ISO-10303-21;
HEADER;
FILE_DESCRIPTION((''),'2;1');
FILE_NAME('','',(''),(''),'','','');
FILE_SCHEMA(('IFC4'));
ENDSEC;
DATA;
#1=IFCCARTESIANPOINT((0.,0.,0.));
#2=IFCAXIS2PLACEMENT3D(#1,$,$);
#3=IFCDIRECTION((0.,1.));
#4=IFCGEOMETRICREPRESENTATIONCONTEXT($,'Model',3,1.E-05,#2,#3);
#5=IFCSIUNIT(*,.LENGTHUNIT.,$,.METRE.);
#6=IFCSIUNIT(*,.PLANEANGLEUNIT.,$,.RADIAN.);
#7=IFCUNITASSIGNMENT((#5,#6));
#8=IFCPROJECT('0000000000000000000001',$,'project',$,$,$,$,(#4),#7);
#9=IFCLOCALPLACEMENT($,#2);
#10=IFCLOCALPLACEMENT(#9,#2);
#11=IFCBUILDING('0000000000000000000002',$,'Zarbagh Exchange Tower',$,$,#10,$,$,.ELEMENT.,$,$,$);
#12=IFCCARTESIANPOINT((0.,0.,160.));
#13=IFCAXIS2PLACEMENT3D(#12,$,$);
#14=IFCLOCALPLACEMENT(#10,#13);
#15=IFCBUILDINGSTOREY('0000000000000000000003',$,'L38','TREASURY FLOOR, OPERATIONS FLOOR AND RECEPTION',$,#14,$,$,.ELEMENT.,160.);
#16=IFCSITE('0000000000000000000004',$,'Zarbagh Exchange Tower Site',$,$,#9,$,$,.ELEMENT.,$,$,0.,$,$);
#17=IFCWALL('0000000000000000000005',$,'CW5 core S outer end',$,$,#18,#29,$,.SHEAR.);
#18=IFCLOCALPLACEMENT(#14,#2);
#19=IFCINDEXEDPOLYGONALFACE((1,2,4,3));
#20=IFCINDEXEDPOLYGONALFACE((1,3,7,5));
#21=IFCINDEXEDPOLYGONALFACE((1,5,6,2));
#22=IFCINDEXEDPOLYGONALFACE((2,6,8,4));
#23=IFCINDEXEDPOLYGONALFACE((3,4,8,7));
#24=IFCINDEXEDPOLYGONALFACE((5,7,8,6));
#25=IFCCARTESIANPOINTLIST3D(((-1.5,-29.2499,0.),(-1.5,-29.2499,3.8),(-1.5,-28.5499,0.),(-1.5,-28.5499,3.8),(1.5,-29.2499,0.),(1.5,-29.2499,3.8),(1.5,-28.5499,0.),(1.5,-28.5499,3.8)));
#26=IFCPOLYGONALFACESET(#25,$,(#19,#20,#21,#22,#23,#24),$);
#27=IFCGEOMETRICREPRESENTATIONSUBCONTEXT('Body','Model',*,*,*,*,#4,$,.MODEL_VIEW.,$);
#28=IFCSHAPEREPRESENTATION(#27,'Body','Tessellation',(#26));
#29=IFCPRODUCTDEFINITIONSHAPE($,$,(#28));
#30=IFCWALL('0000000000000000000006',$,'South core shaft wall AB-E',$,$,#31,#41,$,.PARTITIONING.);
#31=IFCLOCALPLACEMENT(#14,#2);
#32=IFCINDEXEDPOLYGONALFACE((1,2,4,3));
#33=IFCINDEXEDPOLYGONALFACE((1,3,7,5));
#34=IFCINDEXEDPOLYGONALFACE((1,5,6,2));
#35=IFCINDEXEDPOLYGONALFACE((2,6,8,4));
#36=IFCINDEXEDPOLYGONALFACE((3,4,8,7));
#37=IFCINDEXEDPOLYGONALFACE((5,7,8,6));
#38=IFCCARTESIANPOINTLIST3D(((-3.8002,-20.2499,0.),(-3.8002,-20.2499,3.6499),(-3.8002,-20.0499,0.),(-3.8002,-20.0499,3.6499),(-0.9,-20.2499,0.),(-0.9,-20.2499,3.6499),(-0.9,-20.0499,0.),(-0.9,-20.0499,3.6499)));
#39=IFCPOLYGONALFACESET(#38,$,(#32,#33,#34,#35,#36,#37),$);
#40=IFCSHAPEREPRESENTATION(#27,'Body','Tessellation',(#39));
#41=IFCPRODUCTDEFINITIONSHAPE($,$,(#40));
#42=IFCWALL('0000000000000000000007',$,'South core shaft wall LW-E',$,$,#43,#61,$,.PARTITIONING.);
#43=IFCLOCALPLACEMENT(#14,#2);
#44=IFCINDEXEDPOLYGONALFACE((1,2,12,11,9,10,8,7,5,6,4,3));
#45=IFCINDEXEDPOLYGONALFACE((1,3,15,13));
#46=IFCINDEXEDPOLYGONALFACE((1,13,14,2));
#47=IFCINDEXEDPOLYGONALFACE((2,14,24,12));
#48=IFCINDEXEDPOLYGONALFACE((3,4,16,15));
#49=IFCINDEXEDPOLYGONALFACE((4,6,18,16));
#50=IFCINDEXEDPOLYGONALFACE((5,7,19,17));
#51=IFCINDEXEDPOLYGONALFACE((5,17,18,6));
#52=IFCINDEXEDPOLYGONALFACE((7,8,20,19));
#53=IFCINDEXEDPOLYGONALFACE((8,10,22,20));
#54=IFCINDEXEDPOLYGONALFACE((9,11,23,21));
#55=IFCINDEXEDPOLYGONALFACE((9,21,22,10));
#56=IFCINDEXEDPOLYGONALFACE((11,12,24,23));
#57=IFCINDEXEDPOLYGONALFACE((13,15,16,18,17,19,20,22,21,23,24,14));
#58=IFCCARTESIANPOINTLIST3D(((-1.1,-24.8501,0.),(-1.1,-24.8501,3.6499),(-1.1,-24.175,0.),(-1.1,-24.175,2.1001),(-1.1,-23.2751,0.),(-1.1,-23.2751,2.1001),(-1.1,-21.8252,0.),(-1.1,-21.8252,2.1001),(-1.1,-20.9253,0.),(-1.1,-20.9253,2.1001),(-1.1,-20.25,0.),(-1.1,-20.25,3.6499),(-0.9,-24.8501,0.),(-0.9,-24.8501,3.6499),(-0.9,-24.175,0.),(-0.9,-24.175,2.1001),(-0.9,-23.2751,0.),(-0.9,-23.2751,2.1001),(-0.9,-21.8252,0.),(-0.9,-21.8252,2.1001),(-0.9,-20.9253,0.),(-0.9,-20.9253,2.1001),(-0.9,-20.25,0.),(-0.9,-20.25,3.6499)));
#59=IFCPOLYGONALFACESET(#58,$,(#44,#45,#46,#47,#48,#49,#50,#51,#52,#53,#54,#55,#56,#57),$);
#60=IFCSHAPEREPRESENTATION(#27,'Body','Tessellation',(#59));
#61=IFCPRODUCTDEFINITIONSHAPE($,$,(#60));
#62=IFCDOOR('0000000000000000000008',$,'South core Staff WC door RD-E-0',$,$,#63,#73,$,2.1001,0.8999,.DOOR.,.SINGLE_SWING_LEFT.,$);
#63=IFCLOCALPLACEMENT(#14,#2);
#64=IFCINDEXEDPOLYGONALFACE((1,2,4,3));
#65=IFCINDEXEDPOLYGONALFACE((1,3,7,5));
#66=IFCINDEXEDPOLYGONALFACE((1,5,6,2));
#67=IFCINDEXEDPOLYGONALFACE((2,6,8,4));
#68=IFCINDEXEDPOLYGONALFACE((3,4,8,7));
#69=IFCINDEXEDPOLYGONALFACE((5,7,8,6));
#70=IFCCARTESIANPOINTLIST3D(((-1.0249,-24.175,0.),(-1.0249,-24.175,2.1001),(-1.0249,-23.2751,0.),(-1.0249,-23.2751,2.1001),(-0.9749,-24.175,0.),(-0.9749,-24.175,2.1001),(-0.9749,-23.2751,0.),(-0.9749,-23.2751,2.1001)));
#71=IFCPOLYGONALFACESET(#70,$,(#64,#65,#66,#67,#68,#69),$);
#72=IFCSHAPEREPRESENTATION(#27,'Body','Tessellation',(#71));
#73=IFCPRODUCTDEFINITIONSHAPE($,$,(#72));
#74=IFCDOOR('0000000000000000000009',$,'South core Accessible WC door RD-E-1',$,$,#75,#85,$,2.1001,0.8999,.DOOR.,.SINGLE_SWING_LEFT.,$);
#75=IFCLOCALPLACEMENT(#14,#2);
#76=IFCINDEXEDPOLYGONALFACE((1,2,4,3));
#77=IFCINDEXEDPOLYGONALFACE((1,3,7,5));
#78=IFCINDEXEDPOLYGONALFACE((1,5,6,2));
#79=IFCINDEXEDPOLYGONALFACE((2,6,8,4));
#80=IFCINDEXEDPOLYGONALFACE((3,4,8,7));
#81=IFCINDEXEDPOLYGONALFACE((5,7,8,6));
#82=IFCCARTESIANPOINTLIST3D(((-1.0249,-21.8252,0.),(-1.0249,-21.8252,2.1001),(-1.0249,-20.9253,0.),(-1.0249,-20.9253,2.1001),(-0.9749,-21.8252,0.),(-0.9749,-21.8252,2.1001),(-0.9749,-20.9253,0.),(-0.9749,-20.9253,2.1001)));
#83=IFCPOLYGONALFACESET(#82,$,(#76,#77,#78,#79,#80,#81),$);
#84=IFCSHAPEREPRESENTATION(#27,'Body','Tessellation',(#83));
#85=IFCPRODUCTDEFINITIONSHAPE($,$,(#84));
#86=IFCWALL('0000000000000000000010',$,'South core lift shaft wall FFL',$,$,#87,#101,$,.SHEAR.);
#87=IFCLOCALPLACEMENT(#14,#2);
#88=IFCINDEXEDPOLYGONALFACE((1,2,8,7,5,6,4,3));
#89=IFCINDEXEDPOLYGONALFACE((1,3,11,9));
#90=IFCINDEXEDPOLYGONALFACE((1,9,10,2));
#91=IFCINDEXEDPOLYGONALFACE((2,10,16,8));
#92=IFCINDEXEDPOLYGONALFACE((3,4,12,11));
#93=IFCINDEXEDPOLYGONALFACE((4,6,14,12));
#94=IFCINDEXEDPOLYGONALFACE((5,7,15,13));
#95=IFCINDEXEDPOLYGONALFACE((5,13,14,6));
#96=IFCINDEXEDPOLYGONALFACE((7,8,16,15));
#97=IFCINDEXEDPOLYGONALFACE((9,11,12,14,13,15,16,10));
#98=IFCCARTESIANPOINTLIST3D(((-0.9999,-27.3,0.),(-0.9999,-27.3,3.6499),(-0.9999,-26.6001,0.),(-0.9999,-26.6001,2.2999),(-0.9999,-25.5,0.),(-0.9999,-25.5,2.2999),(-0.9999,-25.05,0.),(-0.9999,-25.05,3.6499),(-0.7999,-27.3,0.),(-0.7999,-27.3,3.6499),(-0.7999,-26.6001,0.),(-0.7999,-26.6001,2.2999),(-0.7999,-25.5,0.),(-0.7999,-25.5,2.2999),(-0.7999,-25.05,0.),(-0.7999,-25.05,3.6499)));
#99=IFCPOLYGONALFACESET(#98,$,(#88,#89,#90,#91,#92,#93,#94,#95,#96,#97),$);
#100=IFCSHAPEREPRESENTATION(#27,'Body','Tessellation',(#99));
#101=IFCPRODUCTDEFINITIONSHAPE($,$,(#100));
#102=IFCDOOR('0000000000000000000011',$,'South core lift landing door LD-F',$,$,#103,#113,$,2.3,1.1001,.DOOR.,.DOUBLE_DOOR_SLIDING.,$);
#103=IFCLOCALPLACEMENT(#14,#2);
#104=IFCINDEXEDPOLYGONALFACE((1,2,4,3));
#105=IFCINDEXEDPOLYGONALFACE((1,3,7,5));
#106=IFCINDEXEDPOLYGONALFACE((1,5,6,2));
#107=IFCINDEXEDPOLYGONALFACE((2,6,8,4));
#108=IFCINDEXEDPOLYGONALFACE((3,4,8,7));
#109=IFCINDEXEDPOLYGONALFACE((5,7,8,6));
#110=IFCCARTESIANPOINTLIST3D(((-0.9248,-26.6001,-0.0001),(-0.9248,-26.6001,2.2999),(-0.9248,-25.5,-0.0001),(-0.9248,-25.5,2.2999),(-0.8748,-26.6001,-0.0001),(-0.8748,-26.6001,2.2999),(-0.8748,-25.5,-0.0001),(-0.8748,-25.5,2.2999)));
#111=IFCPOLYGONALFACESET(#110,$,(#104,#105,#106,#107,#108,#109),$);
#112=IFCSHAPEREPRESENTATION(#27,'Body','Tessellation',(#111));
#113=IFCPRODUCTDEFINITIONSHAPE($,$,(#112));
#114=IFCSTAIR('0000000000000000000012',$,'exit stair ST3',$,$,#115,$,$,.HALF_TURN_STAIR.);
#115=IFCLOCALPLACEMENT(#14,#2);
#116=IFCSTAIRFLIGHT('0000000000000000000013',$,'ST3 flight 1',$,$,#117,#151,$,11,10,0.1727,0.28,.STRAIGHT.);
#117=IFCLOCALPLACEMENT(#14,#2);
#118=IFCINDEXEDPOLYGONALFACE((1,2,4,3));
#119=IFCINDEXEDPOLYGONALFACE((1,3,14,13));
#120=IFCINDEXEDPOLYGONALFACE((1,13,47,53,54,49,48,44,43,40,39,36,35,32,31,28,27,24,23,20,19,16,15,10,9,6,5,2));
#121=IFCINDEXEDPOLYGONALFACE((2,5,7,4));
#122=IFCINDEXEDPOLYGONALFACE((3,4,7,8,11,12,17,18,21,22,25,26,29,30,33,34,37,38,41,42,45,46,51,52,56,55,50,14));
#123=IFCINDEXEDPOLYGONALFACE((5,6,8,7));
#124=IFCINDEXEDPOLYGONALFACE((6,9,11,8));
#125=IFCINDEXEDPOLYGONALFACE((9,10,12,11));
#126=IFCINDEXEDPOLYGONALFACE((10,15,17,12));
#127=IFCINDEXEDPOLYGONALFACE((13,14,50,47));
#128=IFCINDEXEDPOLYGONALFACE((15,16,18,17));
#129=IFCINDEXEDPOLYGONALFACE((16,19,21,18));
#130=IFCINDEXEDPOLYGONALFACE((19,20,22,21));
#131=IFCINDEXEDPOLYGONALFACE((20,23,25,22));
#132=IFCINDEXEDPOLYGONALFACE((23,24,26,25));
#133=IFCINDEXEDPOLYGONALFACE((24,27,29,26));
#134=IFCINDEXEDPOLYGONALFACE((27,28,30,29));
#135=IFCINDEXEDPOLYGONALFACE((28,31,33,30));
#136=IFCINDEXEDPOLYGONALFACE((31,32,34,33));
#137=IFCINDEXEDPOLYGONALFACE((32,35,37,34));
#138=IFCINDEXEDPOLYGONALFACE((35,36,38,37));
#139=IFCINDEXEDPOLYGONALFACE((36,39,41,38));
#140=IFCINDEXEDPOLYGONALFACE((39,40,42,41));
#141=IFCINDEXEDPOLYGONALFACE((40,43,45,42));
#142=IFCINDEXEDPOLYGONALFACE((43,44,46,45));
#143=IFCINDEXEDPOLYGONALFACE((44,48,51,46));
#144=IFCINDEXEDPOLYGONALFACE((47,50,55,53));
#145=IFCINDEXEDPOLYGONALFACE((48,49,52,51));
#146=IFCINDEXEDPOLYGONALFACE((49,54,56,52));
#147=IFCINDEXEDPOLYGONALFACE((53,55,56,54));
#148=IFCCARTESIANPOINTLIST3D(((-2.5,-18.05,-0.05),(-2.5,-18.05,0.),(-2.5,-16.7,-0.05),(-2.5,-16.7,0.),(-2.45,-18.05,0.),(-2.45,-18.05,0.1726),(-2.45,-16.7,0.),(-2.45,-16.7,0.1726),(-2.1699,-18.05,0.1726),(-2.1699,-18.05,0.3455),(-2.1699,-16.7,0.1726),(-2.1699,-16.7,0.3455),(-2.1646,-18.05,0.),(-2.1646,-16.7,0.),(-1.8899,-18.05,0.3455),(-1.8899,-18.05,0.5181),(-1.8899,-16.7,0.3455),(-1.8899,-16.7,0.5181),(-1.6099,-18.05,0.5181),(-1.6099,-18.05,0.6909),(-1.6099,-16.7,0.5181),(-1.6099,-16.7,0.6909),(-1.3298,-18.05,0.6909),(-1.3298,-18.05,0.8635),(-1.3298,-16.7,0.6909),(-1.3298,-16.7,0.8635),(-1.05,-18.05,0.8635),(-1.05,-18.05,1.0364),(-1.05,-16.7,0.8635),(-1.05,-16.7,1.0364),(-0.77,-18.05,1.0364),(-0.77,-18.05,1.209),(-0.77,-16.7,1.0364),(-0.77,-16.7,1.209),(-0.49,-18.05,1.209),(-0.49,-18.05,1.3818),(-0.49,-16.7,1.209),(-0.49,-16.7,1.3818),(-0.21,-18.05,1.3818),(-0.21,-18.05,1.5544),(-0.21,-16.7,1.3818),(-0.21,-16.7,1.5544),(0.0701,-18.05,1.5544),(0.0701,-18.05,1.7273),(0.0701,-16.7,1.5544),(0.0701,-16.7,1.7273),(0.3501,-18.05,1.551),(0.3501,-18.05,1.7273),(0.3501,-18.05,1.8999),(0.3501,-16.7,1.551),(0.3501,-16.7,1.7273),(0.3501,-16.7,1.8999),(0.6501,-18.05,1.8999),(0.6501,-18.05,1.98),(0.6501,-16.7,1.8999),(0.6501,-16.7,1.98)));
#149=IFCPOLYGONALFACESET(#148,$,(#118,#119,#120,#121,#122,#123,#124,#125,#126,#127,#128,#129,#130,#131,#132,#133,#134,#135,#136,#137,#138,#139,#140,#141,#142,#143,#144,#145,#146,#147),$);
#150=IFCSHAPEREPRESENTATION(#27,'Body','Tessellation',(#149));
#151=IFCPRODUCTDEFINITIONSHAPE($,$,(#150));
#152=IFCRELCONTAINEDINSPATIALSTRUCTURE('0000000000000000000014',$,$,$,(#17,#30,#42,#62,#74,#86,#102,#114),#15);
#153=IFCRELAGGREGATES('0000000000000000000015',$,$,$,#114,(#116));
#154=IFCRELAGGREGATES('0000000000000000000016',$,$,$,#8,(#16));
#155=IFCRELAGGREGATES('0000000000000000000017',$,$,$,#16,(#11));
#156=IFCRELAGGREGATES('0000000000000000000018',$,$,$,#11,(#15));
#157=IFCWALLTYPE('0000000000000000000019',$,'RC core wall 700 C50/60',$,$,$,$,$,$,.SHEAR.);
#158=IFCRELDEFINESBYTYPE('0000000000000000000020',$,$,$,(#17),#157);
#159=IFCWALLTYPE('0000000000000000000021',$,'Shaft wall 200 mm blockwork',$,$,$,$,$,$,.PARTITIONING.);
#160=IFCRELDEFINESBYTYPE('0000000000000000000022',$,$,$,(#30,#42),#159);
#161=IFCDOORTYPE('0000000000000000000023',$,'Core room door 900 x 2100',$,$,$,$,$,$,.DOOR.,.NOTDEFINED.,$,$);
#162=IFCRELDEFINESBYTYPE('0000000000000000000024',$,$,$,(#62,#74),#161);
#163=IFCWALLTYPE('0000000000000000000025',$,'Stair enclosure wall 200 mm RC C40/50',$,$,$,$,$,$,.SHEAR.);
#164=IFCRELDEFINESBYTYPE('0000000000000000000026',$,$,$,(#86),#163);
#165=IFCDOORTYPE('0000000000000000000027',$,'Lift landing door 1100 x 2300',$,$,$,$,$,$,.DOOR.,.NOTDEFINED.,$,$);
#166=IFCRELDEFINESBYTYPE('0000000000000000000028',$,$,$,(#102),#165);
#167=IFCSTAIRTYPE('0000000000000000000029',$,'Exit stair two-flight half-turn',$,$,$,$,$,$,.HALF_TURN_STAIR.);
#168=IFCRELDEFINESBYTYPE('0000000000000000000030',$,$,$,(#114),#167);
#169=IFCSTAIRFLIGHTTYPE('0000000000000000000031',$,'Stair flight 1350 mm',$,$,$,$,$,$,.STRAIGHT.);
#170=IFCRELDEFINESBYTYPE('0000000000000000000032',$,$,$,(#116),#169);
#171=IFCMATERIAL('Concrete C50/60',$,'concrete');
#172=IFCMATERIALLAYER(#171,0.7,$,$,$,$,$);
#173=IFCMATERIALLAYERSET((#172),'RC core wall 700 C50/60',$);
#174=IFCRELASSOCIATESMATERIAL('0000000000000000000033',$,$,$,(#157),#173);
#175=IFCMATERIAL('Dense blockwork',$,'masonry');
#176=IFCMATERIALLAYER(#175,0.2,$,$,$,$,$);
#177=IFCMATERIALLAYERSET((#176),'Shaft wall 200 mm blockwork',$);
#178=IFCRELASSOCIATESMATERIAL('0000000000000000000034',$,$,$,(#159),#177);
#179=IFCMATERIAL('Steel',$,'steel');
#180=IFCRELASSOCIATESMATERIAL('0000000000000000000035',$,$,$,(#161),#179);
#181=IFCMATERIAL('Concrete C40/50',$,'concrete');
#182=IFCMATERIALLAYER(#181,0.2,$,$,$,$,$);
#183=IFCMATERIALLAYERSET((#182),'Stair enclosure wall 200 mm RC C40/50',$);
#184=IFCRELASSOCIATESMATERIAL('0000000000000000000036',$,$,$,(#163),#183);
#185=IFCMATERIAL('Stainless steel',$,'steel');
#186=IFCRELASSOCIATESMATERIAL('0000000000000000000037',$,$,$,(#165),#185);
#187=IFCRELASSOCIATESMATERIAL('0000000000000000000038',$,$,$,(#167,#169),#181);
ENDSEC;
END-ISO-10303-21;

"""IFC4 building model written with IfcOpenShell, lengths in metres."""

from ifc_helpers import new_model, si_unit, direction, frame, frame_2d, origin, place, context, subcontext, project, spatial, polyline, rectangle, outline, extrude, material, layer, layer_set, type_object, element, fill, aggregate, save


model = new_model("IFC4")

# Units and contexts
model_context = context("Model", 3, precision=1e-05, world=origin(), true_north=direction((0.0, 1.0)))
body_context = subcontext(model_context, "Body", "Model", "MODEL_VIEW")
ifc_project = project(units=[si_unit("LENGTHUNIT", "METRE"), si_unit("PLANEANGLEUNIT", "RADIAN")], contexts=[model_context])

# Site, building, storey
site_placement = place(None, origin())
site = spatial("IfcSite", under=ifc_project, at=site_placement, Name="Zarbagh Exchange Tower Site", CompositionType="ELEMENT", RefElevation=0.0)
building_placement = place(site_placement, origin())
building = spatial("IfcBuilding", under=site, at=building_placement, Name="Zarbagh Exchange Tower", CompositionType="ELEMENT")
storey_placement = place(building_placement, frame((0.0, 0.0, 160.0)))
storey = spatial("IfcBuildingStorey", under=building, at=storey_placement, Name="L38", Description="TREASURY FLOOR, OPERATIONS FLOOR AND RECEPTION", CompositionType="ELEMENT", Elevation=160.0)

# Shared definitions
ifc_material_1 = material(Name="Concrete C50/60", Category="concrete")

# Shared definitions
ifc_material_2 = material(Name="Concrete C40/50", Category="concrete")

# Shared definitions
ifc_material_3 = material(Name="Dense blockwork", Category="masonry")

# Shared definitions
ifc_layer_1 = layer(ifc_material_1, 0.7)
ifc_layer_set_1 = layer_set([ifc_layer_1], Name="RC core wall 700 C50/60")
wall_type_1 = type_object("IfcWallType", Name="RC core wall 700 C50/60", PredefinedType="SHEAR", material=ifc_layer_set_1)
ifc_material_4 = material(Name="Steel", Category="steel")

# Walls
wall_1_placement = place(storey_placement, frame((-1.5, -28.8999, 0.0), z_axis=(0.0, 0.0, 1.0), x_axis=(1.0, 0.0, 0.0)))
element("IfcWall", 1, at=wall_1_placement, inside=storey, type_object=wall_type_1, Name="CW5 core S outer end", PredefinedType="SHEAR", context=body_context, shape_type="SweptSolid", body=[
    extrude(rectangle(XDim=3.0, YDim=0.7, at=frame_2d((1.5, 0.0))), origin(), (0.0, 0.0, 1.0), 3.8),
])
ifc_layer_2 = layer(ifc_material_3, 0.2)
ifc_layer_set_2 = layer_set([ifc_layer_2], Name="Shaft wall 200 mm blockwork")
wall_type_2 = type_object("IfcWallType", Name="Shaft wall 200 mm blockwork", PredefinedType="PARTITIONING", material=ifc_layer_set_2)
wall_2_placement = place(storey_placement, frame((-0.8999, -20.1499, 0.0), z_axis=(0.0, 0.0, 1.0), x_axis=(-1.0, 0.0, 0.0)))
element("IfcWall", 2, at=wall_2_placement, inside=storey, type_object=wall_type_2, Name="South core shaft wall AB-E", PredefinedType="PARTITIONING", context=body_context, shape_type="SweptSolid", body=[
    extrude(rectangle(XDim=2.9001, YDim=0.2, at=frame_2d((1.4502, 0.0))), origin(), (0.0, 0.0, 1.0), 3.6499),
])

# Wall, openings, doors
wall_3_placement = place(storey_placement, frame((-1.0, -24.8501, 0.0), z_axis=(0.0, 0.0, 1.0), x_axis=(0.0, 1.0, 0.0)))
wall_3 = element("IfcWall", 3, at=wall_3_placement, inside=storey, type_object=wall_type_2, Name="South core shaft wall LW-E", PredefinedType="PARTITIONING", context=body_context, shape_type="SweptSolid", body=[
    extrude(rectangle(XDim=4.6001, YDim=0.2, at=frame_2d((2.3, 0.0))), origin(), (0.0, 0.0, 1.0), 3.6499),
])
opening_1_placement = place(wall_3_placement, frame((0.675, 0.0, 0.0)))
opening_1 = element("IfcOpeningElement", 4, at=opening_1_placement, cuts=wall_3, PredefinedType="OPENING", context=body_context, shape_type="SweptSolid", body=[
    extrude(rectangle(XDim=0.8999, YDim=2.1001, at=frame_2d((0.45, 1.05))), frame((0.0, 0.1099, 0.0), z_axis=(0.0, -1.0, 0.0), x_axis=(1.0, 0.0, 0.0)), (0.0, 0.0, 1.0), 0.22),
])
opening_2_placement = place(wall_3_placement, frame((3.0249, 0.0, 0.0)))
opening_2 = element("IfcOpeningElement", 5, at=opening_2_placement, cuts=wall_3, PredefinedType="OPENING", context=body_context, shape_type="SweptSolid", body=[
    extrude(rectangle(XDim=0.8999, YDim=2.1001, at=frame_2d((0.45, 1.05))), frame((0.0, 0.1099, 0.0), z_axis=(0.0, -1.0, 0.0), x_axis=(1.0, 0.0, 0.0)), (0.0, 0.0, 1.0), 0.22),
])
door_type_1 = type_object("IfcDoorType", Name="Core room door 900 x 2100", OperationType="NOTDEFINED", PredefinedType="DOOR", material=ifc_material_4)
door_1_placement = place(opening_1_placement, origin())
door_1 = element("IfcDoor", 6, at=door_1_placement, inside=storey, type_object=door_type_1, Name="South core Staff WC door RD-E-0", OperationType="SINGLE_SWING_LEFT", OverallHeight=2.1001, OverallWidth=0.8999, PredefinedType="DOOR", context=body_context, shape_type="SweptSolid", body=[
    extrude(rectangle(XDim=0.8999, YDim=2.1001, at=frame_2d((0.45, 1.05))), frame((0.0, 0.0249, 0.0), z_axis=(0.0, -1.0, 0.0), x_axis=(1.0, 0.0, 0.0)), (0.0, 0.0, 1.0), 0.05),
])
fill(opening_1, door_1)
door_2_placement = place(opening_2_placement, origin())
door_2 = element("IfcDoor", 7, at=door_2_placement, inside=storey, type_object=door_type_1, Name="South core Accessible WC door RD-E-1", OperationType="SINGLE_SWING_LEFT", OverallHeight=2.1001, OverallWidth=0.8999, PredefinedType="DOOR", context=body_context, shape_type="SweptSolid", body=[
    extrude(rectangle(XDim=0.8999, YDim=2.1001, at=frame_2d((0.45, 1.05))), frame((0.0, 0.0249, 0.0), z_axis=(0.0, -1.0, 0.0), x_axis=(1.0, 0.0, 0.0)), (0.0, 0.0, 1.0), 0.05),
])
fill(opening_2, door_2)

# Wall, opening, door
ifc_layer_3 = layer(ifc_material_2, 0.2)
ifc_layer_set_3 = layer_set([ifc_layer_3], Name="Stair enclosure wall 200 mm RC C40/50")
wall_type_3 = type_object("IfcWallType", Name="Stair enclosure wall 200 mm RC C40/50", PredefinedType="SHEAR", material=ifc_layer_set_3)
wall_4_placement = place(storey_placement, frame((-0.8999, -27.3, 0.0), z_axis=(0.0, 0.0, 1.0), x_axis=(0.0, 1.0, 0.0)))
wall_4 = element("IfcWall", 8, at=wall_4_placement, inside=storey, type_object=wall_type_3, Name="South core lift shaft wall FFL", PredefinedType="SHEAR", context=body_context, shape_type="SweptSolid", body=[
    extrude(rectangle(XDim=2.25, YDim=0.2, at=frame_2d((1.125, 0.0))), origin(), (0.0, 0.0, 1.0), 3.6499),
])
opening_3_placement = place(wall_4_placement, frame((0.7, 0.0, 0.0)))
opening_3 = element("IfcOpeningElement", 9, at=opening_3_placement, cuts=wall_4, PredefinedType="OPENING", context=body_context, shape_type="SweptSolid", body=[
    extrude(rectangle(XDim=1.1001, YDim=2.3, at=frame_2d((0.55, 1.1499))), frame((0.0, 0.1099, 0.0), z_axis=(0.0, -1.0, 0.0), x_axis=(1.0, 0.0, 0.0)), (0.0, 0.0, 1.0), 0.22),
])
ifc_material_5 = material(Name="Stainless steel", Category="steel")
door_type_2 = type_object("IfcDoorType", Name="Lift landing door 1100 x 2300", OperationType="NOTDEFINED", PredefinedType="DOOR", material=ifc_material_5)
door_3_placement = place(opening_3_placement, origin())
door_3 = element("IfcDoor", 10, at=door_3_placement, inside=storey, type_object=door_type_2, Name="South core lift landing door LD-F", OperationType="DOUBLE_DOOR_SLIDING", OverallHeight=2.3, OverallWidth=1.1001, PredefinedType="DOOR", context=body_context, shape_type="SweptSolid", body=[
    extrude(rectangle(XDim=1.1001, YDim=2.3, at=frame_2d((0.55, 1.1499))), frame((0.0, 0.0249, 0.0), z_axis=(0.0, -1.0, 0.0), x_axis=(1.0, 0.0, 0.0)), (0.0, 0.0, 1.0), 0.05),
])
fill(opening_3, door_3)

# Stair, stair flight
stair_type = type_object("IfcStairType", Name="Exit stair two-flight half-turn", PredefinedType="HALF_TURN_STAIR", material=ifc_material_2)
stair_1_placement = place(storey_placement, origin())
stair_1 = element("IfcStair", 11, at=stair_1_placement, inside=storey, type_object=stair_type, Name="exit stair ST3", PredefinedType="HALF_TURN_STAIR")
stair_flight_type_1 = type_object("IfcStairFlightType", Name="Stair flight 1350 mm", PredefinedType="STRAIGHT", material=ifc_material_2)
stair_flight_1_placement = place(storey_placement, frame((-2.45, -17.375, 0.0), z_axis=(0.0, 0.0, 1.0), x_axis=(1.0, 0.0, 0.0)))
stair_flight_1 = element("IfcStairFlight", 12, at=stair_flight_1_placement, type_object=stair_flight_type_1, Name="ST3 flight 1", NumberOfRisers=11, NumberOfTreads=10, PredefinedType="STRAIGHT", RiserHeight=0.1727, TreadLength=0.28, context=body_context, shape_type="SweptSolid", body=[
    extrude(outline(polyline([(-0.05, -0.05), (-0.05, 0.0), (0.0, 0.0), (0.0, 0.1726), (0.28, 0.1726), (0.28, 0.3455), (0.5601, 0.3455), (0.5601, 0.5181), (0.8401, 0.5181), (0.8401, 0.6909), (1.1201, 0.6909), (1.1201, 0.8635), (1.3999, 0.8635), (1.3999, 1.0364), (1.6799, 1.0364), (1.6799, 1.209), (1.96, 1.209), (1.96, 1.3818), (2.24, 1.3818), (2.24, 1.5544), (2.52, 1.5544), (2.52, 1.7273), (2.8, 1.7273), (2.8, 1.8999), (3.1001, 1.98), (3.1001, 1.8999), (2.8, 1.551), (0.2854, 0.0), (-0.05, -0.05)])), frame((0.0, 0.675, 0.0), z_axis=(0.0, -1.0, 0.0), x_axis=(1.0, 0.0, 0.0)), (0.0, 0.0, 1.0), 1.3501),
])
aggregate(stair_1, [stair_flight_1])

save(model, "model.ifc")
